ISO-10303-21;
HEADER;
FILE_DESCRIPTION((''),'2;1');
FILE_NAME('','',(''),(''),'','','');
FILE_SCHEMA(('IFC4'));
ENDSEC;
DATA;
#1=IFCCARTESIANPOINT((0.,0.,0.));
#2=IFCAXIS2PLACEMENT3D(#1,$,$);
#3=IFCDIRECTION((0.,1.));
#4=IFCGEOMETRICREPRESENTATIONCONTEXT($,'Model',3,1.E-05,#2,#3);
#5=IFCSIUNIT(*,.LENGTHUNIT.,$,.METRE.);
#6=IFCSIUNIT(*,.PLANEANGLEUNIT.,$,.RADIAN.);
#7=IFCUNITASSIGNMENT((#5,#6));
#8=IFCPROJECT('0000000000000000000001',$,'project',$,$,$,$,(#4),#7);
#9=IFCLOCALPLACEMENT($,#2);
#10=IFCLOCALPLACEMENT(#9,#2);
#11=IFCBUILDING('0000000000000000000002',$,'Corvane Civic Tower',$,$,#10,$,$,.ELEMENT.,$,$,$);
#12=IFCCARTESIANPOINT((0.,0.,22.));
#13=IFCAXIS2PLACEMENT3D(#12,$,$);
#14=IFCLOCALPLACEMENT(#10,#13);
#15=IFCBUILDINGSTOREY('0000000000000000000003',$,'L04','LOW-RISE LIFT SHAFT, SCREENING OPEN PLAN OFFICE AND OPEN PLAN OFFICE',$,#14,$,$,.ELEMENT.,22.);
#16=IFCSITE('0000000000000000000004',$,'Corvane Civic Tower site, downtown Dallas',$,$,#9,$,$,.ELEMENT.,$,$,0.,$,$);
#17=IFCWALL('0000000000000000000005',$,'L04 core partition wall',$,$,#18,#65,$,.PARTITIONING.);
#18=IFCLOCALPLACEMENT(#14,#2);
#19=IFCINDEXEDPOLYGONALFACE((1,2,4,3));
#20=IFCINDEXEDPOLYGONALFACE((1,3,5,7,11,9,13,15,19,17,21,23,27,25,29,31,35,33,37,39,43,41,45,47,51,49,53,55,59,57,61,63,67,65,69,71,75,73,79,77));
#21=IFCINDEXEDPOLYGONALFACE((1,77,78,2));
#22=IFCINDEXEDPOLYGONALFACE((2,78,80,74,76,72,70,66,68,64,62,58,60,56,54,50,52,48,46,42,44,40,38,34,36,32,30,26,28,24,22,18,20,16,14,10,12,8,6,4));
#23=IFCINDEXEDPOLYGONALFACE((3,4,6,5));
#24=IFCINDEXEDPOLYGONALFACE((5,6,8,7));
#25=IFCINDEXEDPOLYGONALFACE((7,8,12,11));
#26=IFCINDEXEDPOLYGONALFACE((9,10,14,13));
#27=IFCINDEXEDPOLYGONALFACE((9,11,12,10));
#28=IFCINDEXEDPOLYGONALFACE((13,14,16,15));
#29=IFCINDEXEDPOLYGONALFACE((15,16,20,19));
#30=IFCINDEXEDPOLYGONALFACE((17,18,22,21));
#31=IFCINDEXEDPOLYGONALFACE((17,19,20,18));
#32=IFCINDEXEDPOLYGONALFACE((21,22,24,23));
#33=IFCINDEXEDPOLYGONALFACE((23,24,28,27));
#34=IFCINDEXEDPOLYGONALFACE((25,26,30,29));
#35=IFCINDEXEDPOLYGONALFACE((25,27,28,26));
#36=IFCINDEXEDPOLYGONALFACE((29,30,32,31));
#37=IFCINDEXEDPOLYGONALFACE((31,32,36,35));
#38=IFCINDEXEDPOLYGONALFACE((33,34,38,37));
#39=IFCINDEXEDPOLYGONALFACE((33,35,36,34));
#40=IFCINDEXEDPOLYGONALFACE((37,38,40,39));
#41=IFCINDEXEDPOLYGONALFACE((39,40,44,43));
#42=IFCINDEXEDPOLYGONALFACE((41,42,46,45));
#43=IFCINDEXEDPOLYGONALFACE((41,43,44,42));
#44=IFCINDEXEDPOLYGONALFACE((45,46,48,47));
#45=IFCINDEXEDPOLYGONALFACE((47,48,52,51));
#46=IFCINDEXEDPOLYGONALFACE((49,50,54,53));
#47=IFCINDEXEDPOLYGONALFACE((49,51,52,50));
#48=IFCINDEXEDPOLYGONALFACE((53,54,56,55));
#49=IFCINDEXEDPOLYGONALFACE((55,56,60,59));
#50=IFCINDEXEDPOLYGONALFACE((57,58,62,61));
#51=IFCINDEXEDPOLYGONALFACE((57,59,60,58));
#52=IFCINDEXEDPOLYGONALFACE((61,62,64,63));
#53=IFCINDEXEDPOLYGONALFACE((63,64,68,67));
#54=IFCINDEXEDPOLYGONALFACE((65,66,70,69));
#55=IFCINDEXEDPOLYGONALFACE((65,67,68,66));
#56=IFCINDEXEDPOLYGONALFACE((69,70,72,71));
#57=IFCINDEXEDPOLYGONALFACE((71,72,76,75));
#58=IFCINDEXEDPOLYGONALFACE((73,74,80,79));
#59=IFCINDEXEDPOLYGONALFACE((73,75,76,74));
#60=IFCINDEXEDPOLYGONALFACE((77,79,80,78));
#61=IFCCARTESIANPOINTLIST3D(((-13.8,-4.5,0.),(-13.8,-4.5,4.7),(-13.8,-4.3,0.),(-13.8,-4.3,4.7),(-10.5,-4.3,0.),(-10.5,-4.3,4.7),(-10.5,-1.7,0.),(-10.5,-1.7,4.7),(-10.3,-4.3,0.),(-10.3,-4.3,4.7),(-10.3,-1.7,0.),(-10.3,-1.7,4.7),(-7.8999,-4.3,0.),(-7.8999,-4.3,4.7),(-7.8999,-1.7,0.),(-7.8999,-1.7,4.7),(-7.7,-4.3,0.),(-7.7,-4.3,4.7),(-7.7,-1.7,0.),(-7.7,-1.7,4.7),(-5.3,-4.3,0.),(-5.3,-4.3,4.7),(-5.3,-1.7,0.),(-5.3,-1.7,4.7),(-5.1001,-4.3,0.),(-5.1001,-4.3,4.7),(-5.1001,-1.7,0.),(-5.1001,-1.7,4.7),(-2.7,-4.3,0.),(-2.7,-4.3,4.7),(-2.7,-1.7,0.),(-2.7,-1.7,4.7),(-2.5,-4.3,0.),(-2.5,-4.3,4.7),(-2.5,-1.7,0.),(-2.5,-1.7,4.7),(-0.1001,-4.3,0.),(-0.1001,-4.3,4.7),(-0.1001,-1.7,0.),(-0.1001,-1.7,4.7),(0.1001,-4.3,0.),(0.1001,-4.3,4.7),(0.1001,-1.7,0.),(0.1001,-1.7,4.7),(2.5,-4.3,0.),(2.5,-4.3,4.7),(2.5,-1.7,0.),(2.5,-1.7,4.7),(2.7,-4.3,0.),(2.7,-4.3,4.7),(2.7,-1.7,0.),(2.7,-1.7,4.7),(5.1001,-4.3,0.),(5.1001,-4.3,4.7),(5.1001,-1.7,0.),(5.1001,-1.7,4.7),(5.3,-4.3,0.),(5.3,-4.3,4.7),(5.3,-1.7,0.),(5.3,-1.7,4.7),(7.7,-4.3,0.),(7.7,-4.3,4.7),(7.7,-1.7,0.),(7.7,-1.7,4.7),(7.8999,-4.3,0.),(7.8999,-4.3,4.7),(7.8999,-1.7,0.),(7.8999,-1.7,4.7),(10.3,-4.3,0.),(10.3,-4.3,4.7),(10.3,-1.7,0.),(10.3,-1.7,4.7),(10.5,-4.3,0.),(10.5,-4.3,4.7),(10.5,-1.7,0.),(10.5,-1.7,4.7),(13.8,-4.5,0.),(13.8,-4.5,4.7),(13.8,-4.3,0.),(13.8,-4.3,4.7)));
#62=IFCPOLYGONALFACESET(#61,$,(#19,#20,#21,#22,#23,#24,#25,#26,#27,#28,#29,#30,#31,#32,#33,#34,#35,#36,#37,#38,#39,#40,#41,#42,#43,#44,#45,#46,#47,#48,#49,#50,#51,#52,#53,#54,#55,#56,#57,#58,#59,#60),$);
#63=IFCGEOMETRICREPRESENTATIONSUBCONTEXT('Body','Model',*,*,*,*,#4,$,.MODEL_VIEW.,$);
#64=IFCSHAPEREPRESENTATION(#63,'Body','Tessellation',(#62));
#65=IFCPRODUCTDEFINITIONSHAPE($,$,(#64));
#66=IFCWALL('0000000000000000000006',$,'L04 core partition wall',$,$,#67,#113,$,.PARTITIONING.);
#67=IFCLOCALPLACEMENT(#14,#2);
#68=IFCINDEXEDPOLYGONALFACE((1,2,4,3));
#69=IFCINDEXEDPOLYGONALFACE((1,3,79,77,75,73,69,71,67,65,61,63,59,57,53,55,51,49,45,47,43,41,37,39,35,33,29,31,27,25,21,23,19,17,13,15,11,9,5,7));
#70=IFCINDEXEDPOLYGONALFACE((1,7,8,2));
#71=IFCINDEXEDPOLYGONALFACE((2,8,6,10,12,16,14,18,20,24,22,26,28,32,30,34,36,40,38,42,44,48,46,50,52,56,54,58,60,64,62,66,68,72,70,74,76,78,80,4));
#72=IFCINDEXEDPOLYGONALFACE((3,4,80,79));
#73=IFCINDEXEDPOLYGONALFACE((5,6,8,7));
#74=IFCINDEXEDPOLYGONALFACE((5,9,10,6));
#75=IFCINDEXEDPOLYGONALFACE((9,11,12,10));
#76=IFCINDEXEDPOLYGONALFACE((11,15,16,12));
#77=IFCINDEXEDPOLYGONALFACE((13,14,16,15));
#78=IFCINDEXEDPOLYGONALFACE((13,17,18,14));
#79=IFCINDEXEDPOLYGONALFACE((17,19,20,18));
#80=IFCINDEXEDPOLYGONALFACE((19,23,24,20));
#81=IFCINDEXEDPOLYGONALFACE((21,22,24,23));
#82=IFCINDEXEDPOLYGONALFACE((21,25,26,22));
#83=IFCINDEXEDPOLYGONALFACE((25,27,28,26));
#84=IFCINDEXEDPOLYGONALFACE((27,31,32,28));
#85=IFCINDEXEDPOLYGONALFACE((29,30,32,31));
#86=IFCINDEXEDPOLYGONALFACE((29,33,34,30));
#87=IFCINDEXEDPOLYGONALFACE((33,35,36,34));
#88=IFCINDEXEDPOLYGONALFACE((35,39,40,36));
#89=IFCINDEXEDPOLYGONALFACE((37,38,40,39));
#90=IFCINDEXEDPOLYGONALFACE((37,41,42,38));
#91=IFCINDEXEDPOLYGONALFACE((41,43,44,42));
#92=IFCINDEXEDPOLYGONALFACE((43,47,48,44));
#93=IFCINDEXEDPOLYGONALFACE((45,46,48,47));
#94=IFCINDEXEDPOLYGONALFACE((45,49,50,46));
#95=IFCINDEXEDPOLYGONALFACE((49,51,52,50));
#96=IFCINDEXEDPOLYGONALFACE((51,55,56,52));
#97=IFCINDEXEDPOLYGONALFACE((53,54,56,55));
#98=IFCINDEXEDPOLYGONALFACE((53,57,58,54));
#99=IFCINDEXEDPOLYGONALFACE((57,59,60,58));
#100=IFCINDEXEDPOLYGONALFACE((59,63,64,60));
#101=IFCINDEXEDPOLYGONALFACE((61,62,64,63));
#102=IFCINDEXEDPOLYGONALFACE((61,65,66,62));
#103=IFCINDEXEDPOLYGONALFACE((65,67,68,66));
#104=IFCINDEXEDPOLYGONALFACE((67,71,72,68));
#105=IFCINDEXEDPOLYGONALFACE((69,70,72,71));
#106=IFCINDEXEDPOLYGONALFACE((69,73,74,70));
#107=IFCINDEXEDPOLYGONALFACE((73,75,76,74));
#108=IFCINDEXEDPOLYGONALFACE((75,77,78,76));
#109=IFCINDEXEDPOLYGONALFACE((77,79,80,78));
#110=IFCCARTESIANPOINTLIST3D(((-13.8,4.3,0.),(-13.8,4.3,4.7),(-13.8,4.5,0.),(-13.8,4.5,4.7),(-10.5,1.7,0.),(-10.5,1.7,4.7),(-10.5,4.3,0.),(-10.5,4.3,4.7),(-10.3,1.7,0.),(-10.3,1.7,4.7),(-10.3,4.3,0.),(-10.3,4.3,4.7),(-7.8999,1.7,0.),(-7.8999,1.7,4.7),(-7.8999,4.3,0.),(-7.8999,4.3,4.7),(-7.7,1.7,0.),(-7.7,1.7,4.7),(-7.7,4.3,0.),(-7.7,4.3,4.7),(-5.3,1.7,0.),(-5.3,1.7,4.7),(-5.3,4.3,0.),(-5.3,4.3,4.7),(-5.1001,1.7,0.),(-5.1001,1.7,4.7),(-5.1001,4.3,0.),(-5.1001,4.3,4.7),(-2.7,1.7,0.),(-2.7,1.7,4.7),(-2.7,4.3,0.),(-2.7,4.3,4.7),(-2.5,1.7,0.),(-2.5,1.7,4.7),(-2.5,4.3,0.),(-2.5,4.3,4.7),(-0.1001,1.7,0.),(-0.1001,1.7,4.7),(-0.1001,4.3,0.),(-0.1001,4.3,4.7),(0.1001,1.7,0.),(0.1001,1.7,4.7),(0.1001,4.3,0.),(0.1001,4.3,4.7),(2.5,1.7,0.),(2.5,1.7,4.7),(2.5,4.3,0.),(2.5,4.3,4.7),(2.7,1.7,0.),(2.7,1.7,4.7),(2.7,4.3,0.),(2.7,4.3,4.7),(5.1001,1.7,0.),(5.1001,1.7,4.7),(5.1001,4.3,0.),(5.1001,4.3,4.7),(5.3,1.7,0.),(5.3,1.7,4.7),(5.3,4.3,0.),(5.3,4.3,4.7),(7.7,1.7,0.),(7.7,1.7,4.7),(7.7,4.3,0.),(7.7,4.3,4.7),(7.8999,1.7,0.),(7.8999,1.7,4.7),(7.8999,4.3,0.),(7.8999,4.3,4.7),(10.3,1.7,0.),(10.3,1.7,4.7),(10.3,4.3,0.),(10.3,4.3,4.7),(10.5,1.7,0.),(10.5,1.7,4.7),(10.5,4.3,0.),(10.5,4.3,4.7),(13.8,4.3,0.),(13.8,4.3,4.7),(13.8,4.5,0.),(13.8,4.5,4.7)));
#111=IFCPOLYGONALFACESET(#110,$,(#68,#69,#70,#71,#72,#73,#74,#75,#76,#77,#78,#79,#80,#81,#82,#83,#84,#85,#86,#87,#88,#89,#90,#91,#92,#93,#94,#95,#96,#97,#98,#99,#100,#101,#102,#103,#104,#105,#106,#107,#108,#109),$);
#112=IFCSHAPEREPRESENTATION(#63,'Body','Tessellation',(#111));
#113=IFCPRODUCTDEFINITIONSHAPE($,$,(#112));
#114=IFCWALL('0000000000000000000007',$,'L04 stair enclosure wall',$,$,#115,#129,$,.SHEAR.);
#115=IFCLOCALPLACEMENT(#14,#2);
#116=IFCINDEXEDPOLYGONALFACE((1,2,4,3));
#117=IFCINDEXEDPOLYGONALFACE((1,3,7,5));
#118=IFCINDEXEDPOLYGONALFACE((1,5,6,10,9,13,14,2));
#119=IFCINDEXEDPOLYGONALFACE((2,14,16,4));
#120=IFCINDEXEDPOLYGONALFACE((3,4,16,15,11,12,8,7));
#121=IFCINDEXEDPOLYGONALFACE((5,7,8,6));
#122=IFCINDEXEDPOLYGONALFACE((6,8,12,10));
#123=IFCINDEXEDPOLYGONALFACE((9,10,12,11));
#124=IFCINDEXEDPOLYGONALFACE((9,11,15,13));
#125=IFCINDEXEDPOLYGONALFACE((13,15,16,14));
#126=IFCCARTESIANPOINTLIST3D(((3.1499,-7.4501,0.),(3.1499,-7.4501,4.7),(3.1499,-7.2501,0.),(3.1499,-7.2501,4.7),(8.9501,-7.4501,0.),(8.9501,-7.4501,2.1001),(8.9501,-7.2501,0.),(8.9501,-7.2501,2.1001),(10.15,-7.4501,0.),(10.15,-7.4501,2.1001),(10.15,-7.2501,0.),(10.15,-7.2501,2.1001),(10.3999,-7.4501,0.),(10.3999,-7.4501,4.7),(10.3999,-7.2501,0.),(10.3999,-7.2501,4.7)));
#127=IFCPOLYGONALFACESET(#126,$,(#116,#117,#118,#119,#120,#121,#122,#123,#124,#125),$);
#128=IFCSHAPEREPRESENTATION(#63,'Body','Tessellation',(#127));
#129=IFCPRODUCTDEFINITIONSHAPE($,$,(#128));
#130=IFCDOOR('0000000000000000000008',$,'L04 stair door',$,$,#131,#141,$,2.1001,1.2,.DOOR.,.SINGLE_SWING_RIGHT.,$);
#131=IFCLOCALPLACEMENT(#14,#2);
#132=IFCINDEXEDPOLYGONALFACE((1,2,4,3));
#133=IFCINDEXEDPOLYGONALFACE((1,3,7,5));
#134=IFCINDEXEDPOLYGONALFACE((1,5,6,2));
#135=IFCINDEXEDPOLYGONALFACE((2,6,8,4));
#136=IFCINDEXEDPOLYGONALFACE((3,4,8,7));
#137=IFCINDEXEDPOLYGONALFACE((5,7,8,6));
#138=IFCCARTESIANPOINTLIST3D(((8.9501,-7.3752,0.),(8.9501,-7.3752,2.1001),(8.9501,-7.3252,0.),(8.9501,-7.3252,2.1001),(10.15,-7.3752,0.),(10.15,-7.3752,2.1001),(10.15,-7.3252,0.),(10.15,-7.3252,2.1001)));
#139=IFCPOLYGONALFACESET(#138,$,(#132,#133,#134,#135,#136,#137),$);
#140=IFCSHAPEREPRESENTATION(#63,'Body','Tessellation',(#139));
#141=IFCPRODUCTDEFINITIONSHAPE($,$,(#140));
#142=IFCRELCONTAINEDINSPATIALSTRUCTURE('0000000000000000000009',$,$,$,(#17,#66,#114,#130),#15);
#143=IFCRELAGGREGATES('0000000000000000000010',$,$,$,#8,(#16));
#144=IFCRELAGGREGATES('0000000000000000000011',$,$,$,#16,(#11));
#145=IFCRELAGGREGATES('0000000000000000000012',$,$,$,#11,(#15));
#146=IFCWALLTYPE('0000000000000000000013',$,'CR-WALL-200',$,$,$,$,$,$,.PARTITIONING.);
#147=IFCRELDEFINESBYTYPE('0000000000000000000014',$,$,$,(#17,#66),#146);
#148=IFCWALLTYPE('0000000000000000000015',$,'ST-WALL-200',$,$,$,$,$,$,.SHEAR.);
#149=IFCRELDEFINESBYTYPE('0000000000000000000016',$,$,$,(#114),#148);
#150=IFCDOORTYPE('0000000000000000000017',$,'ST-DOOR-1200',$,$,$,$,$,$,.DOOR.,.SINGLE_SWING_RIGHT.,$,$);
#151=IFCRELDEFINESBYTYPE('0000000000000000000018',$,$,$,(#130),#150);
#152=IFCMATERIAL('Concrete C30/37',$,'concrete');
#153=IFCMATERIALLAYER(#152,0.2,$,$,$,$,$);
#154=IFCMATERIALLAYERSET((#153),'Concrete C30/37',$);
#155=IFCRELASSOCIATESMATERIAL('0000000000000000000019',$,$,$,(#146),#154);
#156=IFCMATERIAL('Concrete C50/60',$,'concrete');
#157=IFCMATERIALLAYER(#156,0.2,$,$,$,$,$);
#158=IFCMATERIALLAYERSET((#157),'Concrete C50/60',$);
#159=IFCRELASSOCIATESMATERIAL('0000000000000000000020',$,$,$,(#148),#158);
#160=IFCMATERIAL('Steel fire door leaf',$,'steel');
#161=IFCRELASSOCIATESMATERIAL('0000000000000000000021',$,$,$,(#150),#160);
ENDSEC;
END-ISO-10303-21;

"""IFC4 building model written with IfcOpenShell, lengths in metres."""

from ifc_helpers import new_model, si_unit, direction, frame, frame_2d, origin, place, context, subcontext, project, spatial, polyline, rectangle, outline, extrude, material, layer, layer_set, type_object, element, fill, save


model = new_model("IFC4")

# Units and contexts
model_context = context("Model", 3, precision=1e-05, world=origin(), true_north=direction((0.0, 1.0)))
body_context = subcontext(model_context, "Body", "Model", "MODEL_VIEW")
ifc_project = project(units=[si_unit("LENGTHUNIT", "METRE"), si_unit("PLANEANGLEUNIT", "RADIAN")], contexts=[model_context])

# Site, building, storey
site_placement = place(None, origin())
site = spatial("IfcSite", under=ifc_project, at=site_placement, Name="Corvane Civic Tower site, downtown Dallas", CompositionType="ELEMENT", RefElevation=0.0)
building_placement = place(site_placement, origin())
building = spatial("IfcBuilding", under=site, at=building_placement, Name="Corvane Civic Tower", CompositionType="ELEMENT")
storey_placement = place(building_placement, frame((0.0, 0.0, 22.0)))
storey = spatial("IfcBuildingStorey", under=building, at=storey_placement, Name="L04", Description="LOW-RISE LIFT SHAFT, SCREENING OPEN PLAN OFFICE AND OPEN PLAN OFFICE", CompositionType="ELEMENT", Elevation=22.0)

# Shared definitions
ifc_material_1 = material(Name="Concrete C30/37", Category="concrete")
ifc_layer_1 = layer(ifc_material_1, 0.2)
ifc_layer_set_1 = layer_set([ifc_layer_1], Name="Concrete C30/37")
wall_type_1 = type_object("IfcWallType", Name="CR-WALL-200", PredefinedType="PARTITIONING", material=ifc_layer_set_1)

# Walls
wall_1_placement = place(storey_placement, origin())
element("IfcWall", 1, at=wall_1_placement, inside=storey, type_object=wall_type_1, Name="L04 core partition wall", PredefinedType="PARTITIONING", context=body_context, shape_type="SweptSolid", body=[
    extrude(outline(polyline([(-10.5, -1.7), (-10.3, -1.7), (-10.3, -4.3), (-7.8999, -4.3), (-7.8999, -1.7), (-7.7, -1.7), (-7.7, -4.3), (-5.3, -4.3), (-5.3, -1.7), (-5.1001, -1.7), (-5.1001, -4.3), (-2.7, -4.3), (-2.7, -1.7), (-2.5, -1.7), (-2.5, -4.3), (-0.1001, -4.3), (-0.1001, -1.7), (0.1001, -1.7), (0.1001, -4.3), (2.5, -4.3), (2.5, -1.7), (2.7, -1.7), (2.7, -4.3), (5.1001, -4.3), (5.1001, -1.7), (5.3, -1.7), (5.3, -4.3), (7.7, -4.3), (7.7, -1.7), (7.8999, -1.7), (7.8999, -4.3), (10.3, -4.3), (10.3, -1.7), (10.5, -1.7), (10.5, -4.3), (13.8, -4.3), (13.8, -4.5), (-13.8, -4.5), (-13.8, -4.3), (-10.5, -4.3), (-10.5, -1.7)])), origin(), (0.0, 0.0, 1.0), 4.7),
])
wall_2_placement = place(storey_placement, origin())
element("IfcWall", 2, at=wall_2_placement, inside=storey, type_object=wall_type_1, Name="L04 core partition wall", PredefinedType="PARTITIONING", context=body_context, shape_type="SweptSolid", body=[
    extrude(outline(polyline([(-5.1001, 4.3), (-5.1001, 1.7), (-5.3, 1.7), (-5.3, 4.3), (-7.7, 4.3), (-7.7, 1.7), (-7.8999, 1.7), (-7.8999, 4.3), (-10.3, 4.3), (-10.3, 1.7), (-10.5, 1.7), (-10.5, 4.3), (-13.8, 4.3), (-13.8, 4.5), (13.8, 4.5), (13.8, 4.3), (10.5, 4.3), (10.5, 1.7), (10.3, 1.7), (10.3, 4.3), (7.8999, 4.3), (7.8999, 1.7), (7.7, 1.7), (7.7, 4.3), (5.3, 4.3), (5.3, 1.7), (5.1001, 1.7), (5.1001, 4.3), (2.7, 4.3), (2.7, 1.7), (2.5, 1.7), (2.5, 4.3), (0.1001, 4.3), (0.1001, 1.7), (-0.1001, 1.7), (-0.1001, 4.3), (-2.5, 4.3), (-2.5, 1.7), (-2.7, 1.7), (-2.7, 4.3), (-5.1001, 4.3)])), origin(), (0.0, 0.0, 1.0), 4.7),
])

# Wall, opening, door
ifc_material_2 = material(Name="Concrete C50/60", Category="concrete")
ifc_layer_2 = layer(ifc_material_2, 0.2)
ifc_layer_set_2 = layer_set([ifc_layer_2], Name="Concrete C50/60")
wall_type_2 = type_object("IfcWallType", Name="ST-WALL-200", PredefinedType="SHEAR", material=ifc_layer_set_2)
wall_3_placement = place(storey_placement, frame((3.1499, -7.3501, 0.0), z_axis=(0.0, 0.0, 1.0), x_axis=(1.0, 0.0, 0.0)))
wall_3 = element("IfcWall", 3, at=wall_3_placement, inside=storey, type_object=wall_type_2, Name="L04 stair enclosure wall", PredefinedType="SHEAR", context=body_context, shape_type="SweptSolid", body=[
    extrude(rectangle(XDim=7.25, YDim=0.2, at=frame_2d((3.625, 0.0))), origin(), (0.0, 0.0, 1.0), 4.7),
])
opening_1_placement = place(wall_3_placement, frame((5.8, 0.0, 0.0)))
opening_1 = element("IfcOpeningElement", 4, at=opening_1_placement, cuts=wall_3, PredefinedType="OPENING", context=body_context, shape_type="SweptSolid", body=[
    extrude(rectangle(XDim=1.2, YDim=2.1001, at=frame_2d((0.6001, 1.05))), frame((0.0, 0.1099, 0.0), z_axis=(0.0, -1.0, 0.0), x_axis=(1.0, 0.0, 0.0)), (0.0, 0.0, 1.0), 0.22),
])
ifc_material_3 = material(Name="Steel fire door leaf", Category="steel")
door_type_1 = type_object("IfcDoorType", Name="ST-DOOR-1200", OperationType="SINGLE_SWING_RIGHT", PredefinedType="DOOR", material=ifc_material_3)
door_1_placement = place(opening_1_placement, origin())
door_1 = element("IfcDoor", 5, at=door_1_placement, inside=storey, type_object=door_type_1, Name="L04 stair door", OperationType="SINGLE_SWING_RIGHT", OverallHeight=2.1001, OverallWidth=1.2, PredefinedType="DOOR", context=body_context, shape_type="SweptSolid", body=[
    extrude(rectangle(XDim=1.2, YDim=2.1001, at=frame_2d((0.6001, 1.05))), frame((0.0, 0.0249, 0.0), z_axis=(0.0, -1.0, 0.0), x_axis=(1.0, 0.0, 0.0)), (0.0, 0.0, 1.0), 0.05),
])
fill(opening_1, door_1)

save(model, "model.ifc")
